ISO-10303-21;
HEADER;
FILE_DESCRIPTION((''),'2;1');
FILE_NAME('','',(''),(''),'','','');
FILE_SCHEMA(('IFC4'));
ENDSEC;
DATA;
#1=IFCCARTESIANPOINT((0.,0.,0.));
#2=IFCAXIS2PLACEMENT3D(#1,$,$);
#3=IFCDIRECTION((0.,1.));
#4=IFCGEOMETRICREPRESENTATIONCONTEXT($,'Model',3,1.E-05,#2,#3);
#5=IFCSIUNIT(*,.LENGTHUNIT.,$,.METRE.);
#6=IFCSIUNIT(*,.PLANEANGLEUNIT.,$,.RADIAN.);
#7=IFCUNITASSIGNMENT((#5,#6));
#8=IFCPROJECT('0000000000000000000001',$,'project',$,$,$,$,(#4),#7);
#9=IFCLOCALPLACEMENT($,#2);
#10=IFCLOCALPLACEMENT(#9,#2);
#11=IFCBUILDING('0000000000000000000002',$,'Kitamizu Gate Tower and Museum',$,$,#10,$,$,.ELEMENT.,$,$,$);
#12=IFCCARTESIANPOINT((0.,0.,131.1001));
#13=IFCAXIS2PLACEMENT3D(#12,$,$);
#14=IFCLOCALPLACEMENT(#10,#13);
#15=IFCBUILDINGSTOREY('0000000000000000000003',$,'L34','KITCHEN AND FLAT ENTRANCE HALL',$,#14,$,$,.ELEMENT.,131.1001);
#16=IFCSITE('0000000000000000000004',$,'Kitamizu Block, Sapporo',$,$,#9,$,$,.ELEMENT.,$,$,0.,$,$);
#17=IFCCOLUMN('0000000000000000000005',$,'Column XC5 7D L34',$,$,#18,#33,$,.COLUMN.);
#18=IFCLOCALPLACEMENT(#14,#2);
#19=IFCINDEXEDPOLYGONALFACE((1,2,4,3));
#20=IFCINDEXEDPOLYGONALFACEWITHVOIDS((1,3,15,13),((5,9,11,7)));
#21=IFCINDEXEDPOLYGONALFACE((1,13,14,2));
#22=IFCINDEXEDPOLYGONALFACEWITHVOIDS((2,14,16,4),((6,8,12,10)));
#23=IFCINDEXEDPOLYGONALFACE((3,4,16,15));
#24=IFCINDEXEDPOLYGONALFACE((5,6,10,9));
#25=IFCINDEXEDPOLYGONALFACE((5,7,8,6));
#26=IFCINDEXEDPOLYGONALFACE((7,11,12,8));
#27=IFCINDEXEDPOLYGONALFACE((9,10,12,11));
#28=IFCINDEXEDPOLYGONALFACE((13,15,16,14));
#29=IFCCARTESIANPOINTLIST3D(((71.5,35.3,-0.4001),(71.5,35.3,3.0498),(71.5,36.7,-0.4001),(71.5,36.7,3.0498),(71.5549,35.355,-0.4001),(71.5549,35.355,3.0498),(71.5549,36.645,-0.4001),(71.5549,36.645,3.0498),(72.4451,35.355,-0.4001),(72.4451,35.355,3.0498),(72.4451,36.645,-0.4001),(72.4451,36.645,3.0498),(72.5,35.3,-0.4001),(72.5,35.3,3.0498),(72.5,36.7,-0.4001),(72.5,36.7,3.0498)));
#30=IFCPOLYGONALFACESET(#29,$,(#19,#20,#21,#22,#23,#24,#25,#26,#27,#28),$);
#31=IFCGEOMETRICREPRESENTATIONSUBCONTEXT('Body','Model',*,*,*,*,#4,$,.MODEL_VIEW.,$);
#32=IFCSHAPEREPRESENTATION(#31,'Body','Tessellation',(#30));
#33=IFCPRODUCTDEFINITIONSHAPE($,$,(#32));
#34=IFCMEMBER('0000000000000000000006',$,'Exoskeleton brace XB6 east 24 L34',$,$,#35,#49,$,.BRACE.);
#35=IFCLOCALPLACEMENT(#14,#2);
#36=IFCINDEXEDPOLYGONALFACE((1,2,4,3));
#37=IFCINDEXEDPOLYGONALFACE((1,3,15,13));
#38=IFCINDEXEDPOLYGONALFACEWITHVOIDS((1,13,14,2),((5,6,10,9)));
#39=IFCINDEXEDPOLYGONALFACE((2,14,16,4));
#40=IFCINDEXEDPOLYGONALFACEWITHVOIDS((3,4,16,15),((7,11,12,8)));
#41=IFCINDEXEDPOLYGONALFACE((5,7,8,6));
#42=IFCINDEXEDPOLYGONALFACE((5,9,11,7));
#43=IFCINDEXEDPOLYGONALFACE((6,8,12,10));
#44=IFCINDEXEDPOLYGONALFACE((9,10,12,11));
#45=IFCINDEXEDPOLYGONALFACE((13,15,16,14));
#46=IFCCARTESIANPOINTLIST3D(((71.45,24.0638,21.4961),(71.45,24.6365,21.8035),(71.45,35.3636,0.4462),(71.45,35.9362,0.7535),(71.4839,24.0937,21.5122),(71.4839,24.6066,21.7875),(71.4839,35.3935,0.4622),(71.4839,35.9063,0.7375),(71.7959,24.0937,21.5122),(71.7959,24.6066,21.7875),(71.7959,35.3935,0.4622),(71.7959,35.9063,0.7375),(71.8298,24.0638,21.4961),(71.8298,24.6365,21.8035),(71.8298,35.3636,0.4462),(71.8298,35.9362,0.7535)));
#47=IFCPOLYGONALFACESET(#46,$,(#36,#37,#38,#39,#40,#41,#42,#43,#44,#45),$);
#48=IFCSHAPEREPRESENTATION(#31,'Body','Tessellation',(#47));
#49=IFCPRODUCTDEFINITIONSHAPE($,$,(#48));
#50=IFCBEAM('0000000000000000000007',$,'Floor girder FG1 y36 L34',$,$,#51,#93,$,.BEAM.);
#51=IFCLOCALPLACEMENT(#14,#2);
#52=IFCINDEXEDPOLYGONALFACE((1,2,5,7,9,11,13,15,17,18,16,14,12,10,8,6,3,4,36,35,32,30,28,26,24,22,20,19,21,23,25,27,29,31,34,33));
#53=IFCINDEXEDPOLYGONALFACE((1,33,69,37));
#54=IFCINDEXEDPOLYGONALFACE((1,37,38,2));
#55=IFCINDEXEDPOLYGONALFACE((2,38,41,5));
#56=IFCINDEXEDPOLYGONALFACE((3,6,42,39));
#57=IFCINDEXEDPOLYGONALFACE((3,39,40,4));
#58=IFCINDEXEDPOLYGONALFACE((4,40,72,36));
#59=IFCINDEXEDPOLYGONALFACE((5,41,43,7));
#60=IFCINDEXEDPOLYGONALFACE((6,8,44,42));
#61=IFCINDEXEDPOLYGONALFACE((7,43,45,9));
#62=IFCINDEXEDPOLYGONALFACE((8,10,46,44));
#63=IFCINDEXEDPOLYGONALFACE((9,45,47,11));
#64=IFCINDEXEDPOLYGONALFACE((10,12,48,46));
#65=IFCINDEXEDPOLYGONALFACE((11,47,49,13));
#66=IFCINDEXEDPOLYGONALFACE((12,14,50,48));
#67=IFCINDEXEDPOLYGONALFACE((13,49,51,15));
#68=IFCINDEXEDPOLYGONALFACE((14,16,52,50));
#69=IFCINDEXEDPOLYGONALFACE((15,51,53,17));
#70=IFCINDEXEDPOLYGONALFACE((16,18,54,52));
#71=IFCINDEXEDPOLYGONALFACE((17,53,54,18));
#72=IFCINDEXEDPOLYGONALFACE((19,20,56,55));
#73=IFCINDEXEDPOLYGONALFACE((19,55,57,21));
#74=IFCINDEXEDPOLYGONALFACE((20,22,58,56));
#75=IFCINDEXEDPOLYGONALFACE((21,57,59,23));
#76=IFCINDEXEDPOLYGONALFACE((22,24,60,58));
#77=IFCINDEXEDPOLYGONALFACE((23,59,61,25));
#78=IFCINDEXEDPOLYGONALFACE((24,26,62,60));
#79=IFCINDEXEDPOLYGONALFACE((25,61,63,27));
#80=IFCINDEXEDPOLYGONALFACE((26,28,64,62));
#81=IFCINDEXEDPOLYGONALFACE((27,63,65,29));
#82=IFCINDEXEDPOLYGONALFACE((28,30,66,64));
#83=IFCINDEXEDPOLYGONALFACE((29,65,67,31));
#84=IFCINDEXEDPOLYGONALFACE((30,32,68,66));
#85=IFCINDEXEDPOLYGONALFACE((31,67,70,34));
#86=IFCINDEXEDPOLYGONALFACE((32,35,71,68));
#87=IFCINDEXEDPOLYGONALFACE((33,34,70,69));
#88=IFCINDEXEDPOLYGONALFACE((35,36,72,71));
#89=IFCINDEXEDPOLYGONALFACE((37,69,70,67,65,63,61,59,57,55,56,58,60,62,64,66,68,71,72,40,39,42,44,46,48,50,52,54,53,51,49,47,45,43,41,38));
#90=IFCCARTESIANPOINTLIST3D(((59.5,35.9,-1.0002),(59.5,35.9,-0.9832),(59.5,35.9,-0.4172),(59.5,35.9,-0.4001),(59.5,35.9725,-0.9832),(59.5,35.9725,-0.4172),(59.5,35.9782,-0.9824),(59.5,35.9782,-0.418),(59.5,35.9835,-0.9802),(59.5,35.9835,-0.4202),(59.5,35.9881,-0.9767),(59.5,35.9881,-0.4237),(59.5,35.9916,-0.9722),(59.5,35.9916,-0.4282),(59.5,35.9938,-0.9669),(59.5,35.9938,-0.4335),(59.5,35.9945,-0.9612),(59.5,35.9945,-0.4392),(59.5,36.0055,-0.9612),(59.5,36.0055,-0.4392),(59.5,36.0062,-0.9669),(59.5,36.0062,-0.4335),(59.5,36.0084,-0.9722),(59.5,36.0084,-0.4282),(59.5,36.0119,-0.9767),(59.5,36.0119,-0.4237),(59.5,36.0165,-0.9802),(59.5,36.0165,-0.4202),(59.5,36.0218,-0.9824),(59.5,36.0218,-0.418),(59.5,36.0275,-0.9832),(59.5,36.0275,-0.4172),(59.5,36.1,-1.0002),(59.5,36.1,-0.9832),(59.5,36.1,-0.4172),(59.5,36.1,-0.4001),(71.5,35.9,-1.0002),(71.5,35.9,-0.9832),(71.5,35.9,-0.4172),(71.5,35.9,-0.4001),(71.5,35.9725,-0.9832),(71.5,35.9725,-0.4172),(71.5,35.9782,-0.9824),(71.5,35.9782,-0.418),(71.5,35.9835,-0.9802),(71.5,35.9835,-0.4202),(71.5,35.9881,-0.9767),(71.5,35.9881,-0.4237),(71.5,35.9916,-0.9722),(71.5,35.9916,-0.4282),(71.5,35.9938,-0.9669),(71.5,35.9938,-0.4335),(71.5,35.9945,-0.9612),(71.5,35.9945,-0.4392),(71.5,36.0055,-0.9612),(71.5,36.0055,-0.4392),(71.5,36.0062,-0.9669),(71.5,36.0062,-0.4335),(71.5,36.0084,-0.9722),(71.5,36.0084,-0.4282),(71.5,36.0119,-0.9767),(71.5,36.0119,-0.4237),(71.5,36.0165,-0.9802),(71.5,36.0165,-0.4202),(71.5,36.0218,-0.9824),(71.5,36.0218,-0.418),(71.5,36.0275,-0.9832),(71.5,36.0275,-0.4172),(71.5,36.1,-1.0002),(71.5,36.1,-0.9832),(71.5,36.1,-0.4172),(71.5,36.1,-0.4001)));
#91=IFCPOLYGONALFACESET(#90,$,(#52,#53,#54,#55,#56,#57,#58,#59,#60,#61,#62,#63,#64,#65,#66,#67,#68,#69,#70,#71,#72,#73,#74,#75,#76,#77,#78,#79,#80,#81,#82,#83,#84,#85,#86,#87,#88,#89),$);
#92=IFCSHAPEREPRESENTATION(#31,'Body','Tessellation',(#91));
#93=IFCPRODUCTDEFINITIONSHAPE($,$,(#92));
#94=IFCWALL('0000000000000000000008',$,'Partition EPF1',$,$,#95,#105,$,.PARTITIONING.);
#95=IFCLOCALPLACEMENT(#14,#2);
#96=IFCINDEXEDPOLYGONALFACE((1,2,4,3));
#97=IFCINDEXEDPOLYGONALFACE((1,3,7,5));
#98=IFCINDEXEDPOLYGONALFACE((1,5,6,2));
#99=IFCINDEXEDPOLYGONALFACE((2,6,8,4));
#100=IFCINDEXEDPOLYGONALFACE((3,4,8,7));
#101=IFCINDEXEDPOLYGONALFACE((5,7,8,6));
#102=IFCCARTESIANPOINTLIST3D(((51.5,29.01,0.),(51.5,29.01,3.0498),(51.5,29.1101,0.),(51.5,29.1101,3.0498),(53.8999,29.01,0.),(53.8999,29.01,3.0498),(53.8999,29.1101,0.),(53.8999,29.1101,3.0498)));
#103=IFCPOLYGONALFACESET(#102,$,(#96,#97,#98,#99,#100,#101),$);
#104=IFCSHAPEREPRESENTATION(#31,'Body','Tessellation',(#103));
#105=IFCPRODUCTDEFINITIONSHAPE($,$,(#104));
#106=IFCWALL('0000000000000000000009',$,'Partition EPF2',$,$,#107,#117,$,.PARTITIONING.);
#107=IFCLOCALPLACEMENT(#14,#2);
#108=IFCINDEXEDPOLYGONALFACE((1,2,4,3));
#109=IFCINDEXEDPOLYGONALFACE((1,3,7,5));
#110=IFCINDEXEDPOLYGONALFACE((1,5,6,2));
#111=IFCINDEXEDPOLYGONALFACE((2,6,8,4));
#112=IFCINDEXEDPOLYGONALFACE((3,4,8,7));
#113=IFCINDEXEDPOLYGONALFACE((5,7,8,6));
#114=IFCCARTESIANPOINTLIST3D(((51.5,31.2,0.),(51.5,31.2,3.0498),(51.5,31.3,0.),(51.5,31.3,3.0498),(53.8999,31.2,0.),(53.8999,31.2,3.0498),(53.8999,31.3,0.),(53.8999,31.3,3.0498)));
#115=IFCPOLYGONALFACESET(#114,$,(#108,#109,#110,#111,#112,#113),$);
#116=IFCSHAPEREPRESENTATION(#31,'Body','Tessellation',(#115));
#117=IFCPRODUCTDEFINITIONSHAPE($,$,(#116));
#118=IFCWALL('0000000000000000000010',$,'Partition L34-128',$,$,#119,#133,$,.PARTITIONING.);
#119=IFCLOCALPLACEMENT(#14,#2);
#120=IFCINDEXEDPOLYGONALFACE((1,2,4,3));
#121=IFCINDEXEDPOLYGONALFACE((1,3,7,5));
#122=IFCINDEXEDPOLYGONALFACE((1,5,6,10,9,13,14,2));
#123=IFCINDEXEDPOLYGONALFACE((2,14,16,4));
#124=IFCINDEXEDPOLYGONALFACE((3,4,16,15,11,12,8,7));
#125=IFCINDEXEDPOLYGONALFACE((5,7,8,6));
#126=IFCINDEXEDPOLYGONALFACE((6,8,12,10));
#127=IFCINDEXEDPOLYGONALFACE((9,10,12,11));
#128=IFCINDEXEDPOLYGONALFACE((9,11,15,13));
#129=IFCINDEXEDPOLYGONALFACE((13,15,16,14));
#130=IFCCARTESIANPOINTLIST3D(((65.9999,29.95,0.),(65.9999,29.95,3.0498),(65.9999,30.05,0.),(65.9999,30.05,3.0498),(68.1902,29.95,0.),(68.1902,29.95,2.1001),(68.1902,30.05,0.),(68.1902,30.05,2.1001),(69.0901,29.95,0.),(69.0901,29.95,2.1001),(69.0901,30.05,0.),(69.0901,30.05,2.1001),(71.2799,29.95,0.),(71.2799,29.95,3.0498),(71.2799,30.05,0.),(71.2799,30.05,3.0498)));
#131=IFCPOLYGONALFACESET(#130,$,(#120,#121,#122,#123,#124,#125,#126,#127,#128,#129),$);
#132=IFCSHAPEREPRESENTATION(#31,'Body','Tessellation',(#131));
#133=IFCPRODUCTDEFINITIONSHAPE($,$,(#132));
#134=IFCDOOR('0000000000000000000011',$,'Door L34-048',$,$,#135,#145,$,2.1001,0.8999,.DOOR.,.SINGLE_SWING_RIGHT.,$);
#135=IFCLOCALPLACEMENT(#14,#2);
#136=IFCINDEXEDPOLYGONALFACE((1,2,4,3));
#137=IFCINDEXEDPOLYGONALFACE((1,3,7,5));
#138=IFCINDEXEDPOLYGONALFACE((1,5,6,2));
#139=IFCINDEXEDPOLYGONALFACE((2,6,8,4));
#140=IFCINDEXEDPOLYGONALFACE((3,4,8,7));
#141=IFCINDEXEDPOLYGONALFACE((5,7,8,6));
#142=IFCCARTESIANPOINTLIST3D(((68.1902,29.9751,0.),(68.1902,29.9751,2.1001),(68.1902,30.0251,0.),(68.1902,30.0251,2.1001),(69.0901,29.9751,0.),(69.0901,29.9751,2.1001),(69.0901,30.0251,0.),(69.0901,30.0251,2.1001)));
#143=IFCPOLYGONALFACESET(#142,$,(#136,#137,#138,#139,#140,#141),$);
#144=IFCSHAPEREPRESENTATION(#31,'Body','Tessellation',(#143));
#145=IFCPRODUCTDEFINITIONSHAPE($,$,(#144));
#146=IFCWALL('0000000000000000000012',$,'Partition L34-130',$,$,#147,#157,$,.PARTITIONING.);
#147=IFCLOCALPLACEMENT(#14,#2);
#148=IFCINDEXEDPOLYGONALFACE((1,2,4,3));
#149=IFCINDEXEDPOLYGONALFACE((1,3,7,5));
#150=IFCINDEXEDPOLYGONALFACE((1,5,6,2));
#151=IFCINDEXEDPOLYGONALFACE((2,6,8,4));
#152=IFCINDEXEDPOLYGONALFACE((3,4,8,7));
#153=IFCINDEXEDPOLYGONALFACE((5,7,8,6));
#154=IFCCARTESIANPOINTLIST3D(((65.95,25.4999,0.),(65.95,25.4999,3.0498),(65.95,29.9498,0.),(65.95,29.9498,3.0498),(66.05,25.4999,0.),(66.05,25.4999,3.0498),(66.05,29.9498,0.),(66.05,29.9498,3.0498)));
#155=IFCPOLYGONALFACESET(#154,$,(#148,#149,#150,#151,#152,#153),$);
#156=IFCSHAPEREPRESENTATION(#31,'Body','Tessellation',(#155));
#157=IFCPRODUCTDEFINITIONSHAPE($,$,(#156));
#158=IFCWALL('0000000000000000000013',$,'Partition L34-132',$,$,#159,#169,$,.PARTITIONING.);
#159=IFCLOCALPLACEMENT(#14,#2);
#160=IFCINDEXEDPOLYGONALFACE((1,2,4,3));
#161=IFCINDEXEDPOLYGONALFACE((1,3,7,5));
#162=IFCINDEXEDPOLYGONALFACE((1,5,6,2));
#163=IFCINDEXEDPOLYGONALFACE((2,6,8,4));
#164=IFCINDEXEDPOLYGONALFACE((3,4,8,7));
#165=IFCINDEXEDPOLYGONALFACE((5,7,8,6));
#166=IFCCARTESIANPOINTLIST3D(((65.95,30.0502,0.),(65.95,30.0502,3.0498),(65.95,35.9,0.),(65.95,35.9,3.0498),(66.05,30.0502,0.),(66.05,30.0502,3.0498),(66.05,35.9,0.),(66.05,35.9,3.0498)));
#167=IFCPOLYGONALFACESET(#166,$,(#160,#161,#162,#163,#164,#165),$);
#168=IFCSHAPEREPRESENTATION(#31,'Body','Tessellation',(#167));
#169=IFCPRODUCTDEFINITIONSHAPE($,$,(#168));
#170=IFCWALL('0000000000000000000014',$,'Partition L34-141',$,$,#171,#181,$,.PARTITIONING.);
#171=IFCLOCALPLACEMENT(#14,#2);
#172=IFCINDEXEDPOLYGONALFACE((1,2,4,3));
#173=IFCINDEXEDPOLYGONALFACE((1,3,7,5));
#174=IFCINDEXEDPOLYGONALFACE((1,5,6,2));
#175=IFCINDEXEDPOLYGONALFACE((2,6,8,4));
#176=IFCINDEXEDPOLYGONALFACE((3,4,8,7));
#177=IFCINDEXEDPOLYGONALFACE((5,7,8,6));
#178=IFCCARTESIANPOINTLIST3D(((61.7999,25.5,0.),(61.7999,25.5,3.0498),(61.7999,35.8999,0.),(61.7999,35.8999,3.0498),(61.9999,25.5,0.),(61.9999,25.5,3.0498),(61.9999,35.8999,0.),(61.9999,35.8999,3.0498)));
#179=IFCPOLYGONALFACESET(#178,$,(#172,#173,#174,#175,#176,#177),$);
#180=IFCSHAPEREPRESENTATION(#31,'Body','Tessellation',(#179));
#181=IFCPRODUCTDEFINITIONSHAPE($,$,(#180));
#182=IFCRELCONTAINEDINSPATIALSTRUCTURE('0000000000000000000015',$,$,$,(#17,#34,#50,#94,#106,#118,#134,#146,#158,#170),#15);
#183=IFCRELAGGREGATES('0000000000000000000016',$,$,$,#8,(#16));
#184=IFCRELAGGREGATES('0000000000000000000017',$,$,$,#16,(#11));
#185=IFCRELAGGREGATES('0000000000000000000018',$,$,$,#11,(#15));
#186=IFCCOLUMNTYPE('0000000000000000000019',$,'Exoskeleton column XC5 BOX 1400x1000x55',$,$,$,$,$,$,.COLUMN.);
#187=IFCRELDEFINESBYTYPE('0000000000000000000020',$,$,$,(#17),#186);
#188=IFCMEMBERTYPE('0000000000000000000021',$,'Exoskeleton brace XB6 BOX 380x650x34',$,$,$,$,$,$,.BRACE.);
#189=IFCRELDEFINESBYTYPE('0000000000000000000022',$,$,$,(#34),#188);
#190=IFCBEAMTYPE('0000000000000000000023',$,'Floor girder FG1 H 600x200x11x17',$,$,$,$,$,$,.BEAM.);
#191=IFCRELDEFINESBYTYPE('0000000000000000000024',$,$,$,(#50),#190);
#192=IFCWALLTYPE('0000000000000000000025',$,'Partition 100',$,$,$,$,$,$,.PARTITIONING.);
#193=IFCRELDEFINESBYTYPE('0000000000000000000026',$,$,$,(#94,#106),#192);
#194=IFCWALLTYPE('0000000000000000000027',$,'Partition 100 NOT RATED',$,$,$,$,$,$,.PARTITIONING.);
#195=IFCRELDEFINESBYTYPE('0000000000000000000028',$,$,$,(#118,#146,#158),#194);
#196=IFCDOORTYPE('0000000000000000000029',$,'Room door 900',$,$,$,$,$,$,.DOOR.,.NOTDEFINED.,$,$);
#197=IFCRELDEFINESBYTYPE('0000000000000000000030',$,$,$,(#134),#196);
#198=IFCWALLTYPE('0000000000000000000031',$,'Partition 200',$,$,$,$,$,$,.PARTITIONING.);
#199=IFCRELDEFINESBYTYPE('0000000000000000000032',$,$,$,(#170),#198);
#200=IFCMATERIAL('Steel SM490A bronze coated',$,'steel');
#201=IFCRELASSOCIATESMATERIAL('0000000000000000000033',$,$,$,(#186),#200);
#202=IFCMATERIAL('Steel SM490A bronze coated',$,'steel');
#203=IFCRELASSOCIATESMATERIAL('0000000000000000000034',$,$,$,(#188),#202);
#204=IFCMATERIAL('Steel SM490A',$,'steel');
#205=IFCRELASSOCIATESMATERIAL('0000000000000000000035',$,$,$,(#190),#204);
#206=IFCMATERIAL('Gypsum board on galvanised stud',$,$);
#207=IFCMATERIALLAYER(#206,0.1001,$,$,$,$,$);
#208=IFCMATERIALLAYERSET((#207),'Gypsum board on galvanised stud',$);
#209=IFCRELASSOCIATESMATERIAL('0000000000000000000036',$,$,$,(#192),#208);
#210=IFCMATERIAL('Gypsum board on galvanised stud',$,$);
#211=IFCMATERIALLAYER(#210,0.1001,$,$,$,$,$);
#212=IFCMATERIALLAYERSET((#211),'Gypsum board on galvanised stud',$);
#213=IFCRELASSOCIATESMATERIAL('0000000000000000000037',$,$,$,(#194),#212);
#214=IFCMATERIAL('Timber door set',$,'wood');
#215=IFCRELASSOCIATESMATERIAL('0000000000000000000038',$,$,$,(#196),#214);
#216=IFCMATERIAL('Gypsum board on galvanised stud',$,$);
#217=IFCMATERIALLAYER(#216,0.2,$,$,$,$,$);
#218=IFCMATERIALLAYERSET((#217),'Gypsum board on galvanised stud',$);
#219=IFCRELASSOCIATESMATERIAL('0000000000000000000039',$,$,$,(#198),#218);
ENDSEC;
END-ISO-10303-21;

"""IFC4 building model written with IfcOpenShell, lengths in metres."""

from ifc_helpers import new_model, si_unit, direction, frame, frame_2d, origin, origin_2d, place, context, subcontext, project, spatial, rectangle, hollow_rectangle, i_section, extrude, material, layer, layer_set, material_profile, profile_set, type_object, element, fill, save


model = new_model("IFC4")

# Units and contexts
model_context = context("Model", 3, precision=1e-05, world=origin(), true_north=direction((0.0, 1.0)))
body_context = subcontext(model_context, "Body", "Model", "MODEL_VIEW")
ifc_project = project(units=[si_unit("LENGTHUNIT", "METRE"), si_unit("PLANEANGLEUNIT", "RADIAN")], contexts=[model_context])

# Site, building, storey
site_placement = place(None, origin())
site = spatial("IfcSite", under=ifc_project, at=site_placement, Name="Kitamizu Block, Sapporo", CompositionType="ELEMENT", RefElevation=0.0)
building_placement = place(site_placement, origin())
building = spatial("IfcBuilding", under=site, at=building_placement, Name="Kitamizu Gate Tower and Museum", CompositionType="ELEMENT")
storey_placement = place(building_placement, frame((0.0, 0.0, 131.1001)))
storey = spatial("IfcBuildingStorey", under=building, at=storey_placement, Name="L34", Description="KITCHEN AND FLAT ENTRANCE HALL", CompositionType="ELEMENT", Elevation=131.1001)

# Column
ifc_material_1 = material(Name="Steel SM490A bronze coated", Category="steel")
ifc_material_profile_1 = material_profile(ifc_material_1, hollow_rectangle(XDim=1.3999, YDim=1.0, WallThickness=0.0549, at=origin_2d()), Name="BOX 1400x1000x55")
ifc_profile_set_1 = profile_set([ifc_material_profile_1], Name="Steel SM490A bronze coated")
column_type = type_object("IfcColumnType", Name="Exoskeleton column XC5 BOX 1400x1000x55", PredefinedType="COLUMN", material=ifc_profile_set_1)
column_placement = place(storey_placement, frame((72.0, 36.0, -0.4001), z_axis=(0.0, 0.0, 1.0), x_axis=(0.0, 1.0, 0.0)))
element("IfcColumn", 1, at=column_placement, inside=storey, type_object=column_type, Name="Column XC5 7D L34", PredefinedType="COLUMN", context=body_context, shape_type="SweptSolid", body=[
    extrude(hollow_rectangle(XDim=1.3999, YDim=1.0, WallThickness=0.0549, at=origin_2d()), origin(), (0.0, 0.0, 1.0), 3.45),
])

# Member
ifc_material_2 = material(Name="Steel SM490A bronze coated", Category="steel")
ifc_material_profile_2 = material_profile(ifc_material_2, hollow_rectangle(XDim=0.3799, YDim=0.6499, WallThickness=0.0339, at=origin_2d()), Name="BOX 380x650x34")
ifc_profile_set_2 = profile_set([ifc_material_profile_2], Name="Steel SM490A bronze coated")
member_type = type_object("IfcMemberType", Name="Exoskeleton brace XB6 BOX 380x650x34", PredefinedType="BRACE", material=ifc_profile_set_2)
member_placement = place(storey_placement, frame((71.6399, 35.6499, 0.5999), z_axis=(0.0, -0.472969, 0.881079), x_axis=(1.0, 0.0, 0.0)))
element("IfcMember", 2, at=member_placement, inside=storey, type_object=member_type, Name="Exoskeleton brace XB6 east 24 L34", PredefinedType="BRACE", context=body_context, shape_type="SweptSolid", body=[
    extrude(hollow_rectangle(XDim=0.3799, YDim=0.6499, WallThickness=0.0339, at=origin_2d()), origin(), (0.0, 0.0, 1.0), 23.8911),
])

# Beam
ifc_material_3 = material(Name="Steel SM490A", Category="steel")
ifc_material_profile_3 = material_profile(ifc_material_3, i_section(OverallWidth=0.2, OverallDepth=0.6001, WebThickness=0.011, FlangeThickness=0.0171, FilletRadius=0.022, at=origin_2d()), Name="H-600x200x11x17")
ifc_profile_set_3 = profile_set([ifc_material_profile_3], Name="Steel SM490A")
beam_type = type_object("IfcBeamType", Name="Floor girder FG1 H 600x200x11x17", PredefinedType="BEAM", material=ifc_profile_set_3)
beam_placement = place(storey_placement, frame((59.5, 36.0, -0.7002), z_axis=(1.0, 0.0, 0.0), x_axis=(0.0, 1.0, 0.0)))
element("IfcBeam", 3, at=beam_placement, inside=storey, type_object=beam_type, Name="Floor girder FG1 y36 L34", PredefinedType="BEAM", context=body_context, shape_type="SweptSolid", body=[
    extrude(i_section(OverallWidth=0.2, OverallDepth=0.6001, WebThickness=0.011, FlangeThickness=0.0171, FilletRadius=0.022, at=origin_2d()), origin(), (0.0, 0.0, 1.0), 12.0),
])

# Walls
ifc_material_4 = material(Name="Gypsum board on galvanised stud")
ifc_layer_1 = layer(ifc_material_4, 0.1001)
ifc_layer_set_1 = layer_set([ifc_layer_1], Name="Gypsum board on galvanised stud")
wall_type_1 = type_object("IfcWallType", Name="Partition 100", PredefinedType="PARTITIONING", material=ifc_layer_set_1)
for number, where, z_axis, x_axis, name in (
    (4, (53.8999, 29.0601, 0.0), (0.0, 0.0, 1.0), (-1.0, 0.0, 0.0), "Partition EPF1"),
    (5, (53.8999, 31.25, 0.0), (0.0, 0.0, 1.0), (-1.0, 0.0, 0.0), "Partition EPF2"),
):
    element("IfcWall", number, at=place(storey_placement, frame(where, z_axis=z_axis, x_axis=x_axis)), inside=storey, type_object=wall_type_1, Name=name, PredefinedType="PARTITIONING", context=body_context, shape_type="SweptSolid", body=[
        extrude(rectangle(XDim=2.3999, YDim=0.1001, at=frame_2d((1.2, 0.0))), origin(), (0.0, 0.0, 1.0), 3.0498),
    ])

# Wall, opening, door
ifc_material_5 = material(Name="Gypsum board on galvanised stud")
ifc_layer_2 = layer(ifc_material_5, 0.1001)
ifc_layer_set_2 = layer_set([ifc_layer_2], Name="Gypsum board on galvanised stud")
wall_type_2 = type_object("IfcWallType", Name="Partition 100 NOT RATED", PredefinedType="PARTITIONING", material=ifc_layer_set_2)
wall_1_placement = place(storey_placement, frame((71.28, 30.0, 0.0), z_axis=(0.0, 0.0, 1.0), x_axis=(-1.0, 0.0, 0.0)))
wall_1 = element("IfcWall", 6, at=wall_1_placement, inside=storey, type_object=wall_type_2, Name="Partition L34-128", PredefinedType="PARTITIONING", context=body_context, shape_type="SweptSolid", body=[
    extrude(rectangle(XDim=5.28, YDim=0.1001, at=frame_2d((2.6401, 0.0))), origin(), (0.0, 0.0, 1.0), 3.0498),
])
opening_1_placement = place(wall_1_placement, frame((2.1899, 0.0, 0.0)))
opening_1 = element("IfcOpeningElement", 7, at=opening_1_placement, cuts=wall_1, PredefinedType="OPENING", context=body_context, shape_type="SweptSolid", body=[
    extrude(rectangle(XDim=0.8999, YDim=2.1001, at=frame_2d((0.45, 1.05))), frame((0.0, 0.0601, 0.0), z_axis=(0.0, -1.0, 0.0), x_axis=(1.0, 0.0, 0.0)), (0.0, 0.0, 1.0), 0.1201),
])
ifc_material_6 = material(Name="Timber door set", Category="wood")
door_type_1 = type_object("IfcDoorType", Name="Room door 900", OperationType="NOTDEFINED", PredefinedType="DOOR", material=ifc_material_6)
door_1_placement = place(opening_1_placement, origin())
door_1 = element("IfcDoor", 8, at=door_1_placement, inside=storey, type_object=door_type_1, Name="Door L34-048", OperationType="SINGLE_SWING_RIGHT", OverallHeight=2.1001, OverallWidth=0.8999, PredefinedType="DOOR", context=body_context, shape_type="SweptSolid", body=[
    extrude(rectangle(XDim=0.8999, YDim=2.1001, at=frame_2d((0.45, 1.05))), frame((0.0, 0.0249, 0.0), z_axis=(0.0, -1.0, 0.0), x_axis=(1.0, 0.0, 0.0)), (0.0, 0.0, 1.0), 0.05),
])
fill(opening_1, door_1)

# Walls
wall_2_placement = place(storey_placement, frame((66.0, 29.95, 0.0), z_axis=(0.0, 0.0, 1.0), x_axis=(0.0, -1.0, 0.0)))
element("IfcWall", 9, at=wall_2_placement, inside=storey, type_object=wall_type_2, Name="Partition L34-130", PredefinedType="PARTITIONING", context=body_context, shape_type="SweptSolid", body=[
    extrude(rectangle(XDim=4.45, YDim=0.1001, at=frame_2d((2.2251, 0.0))), origin(), (0.0, 0.0, 1.0), 3.0498),
])
wall_3_placement = place(storey_placement, frame((66.0, 35.8999, 0.0), z_axis=(0.0, 0.0, 1.0), x_axis=(0.0, -1.0, 0.0)))
element("IfcWall", 10, at=wall_3_placement, inside=storey, type_object=wall_type_2, Name="Partition L34-132", PredefinedType="PARTITIONING", context=body_context, shape_type="SweptSolid", body=[
    extrude(rectangle(XDim=5.8499, YDim=0.1001, at=frame_2d((2.9248, 0.0))), origin(), (0.0, 0.0, 1.0), 3.0498),
])
ifc_material_7 = material(Name="Gypsum board on galvanised stud")
ifc_layer_3 = layer(ifc_material_7, 0.2)
ifc_layer_set_3 = layer_set([ifc_layer_3], Name="Gypsum board on galvanised stud")
wall_type_3 = type_object("IfcWallType", Name="Partition 200", PredefinedType="PARTITIONING", material=ifc_layer_set_3)
wall_4_placement = place(storey_placement, frame((61.8999, 35.8999, 0.0), z_axis=(0.0, 0.0, 1.0), x_axis=(0.0, -1.0, 0.0)))
element("IfcWall", 11, at=wall_4_placement, inside=storey, type_object=wall_type_3, Name="Partition L34-141", PredefinedType="PARTITIONING", context=body_context, shape_type="SweptSolid", body=[
    extrude(rectangle(XDim=10.3999, YDim=0.2, at=frame_2d((5.2, 0.0))), origin(), (0.0, 0.0, 1.0), 3.0498),
])

save(model, "model.ifc")
